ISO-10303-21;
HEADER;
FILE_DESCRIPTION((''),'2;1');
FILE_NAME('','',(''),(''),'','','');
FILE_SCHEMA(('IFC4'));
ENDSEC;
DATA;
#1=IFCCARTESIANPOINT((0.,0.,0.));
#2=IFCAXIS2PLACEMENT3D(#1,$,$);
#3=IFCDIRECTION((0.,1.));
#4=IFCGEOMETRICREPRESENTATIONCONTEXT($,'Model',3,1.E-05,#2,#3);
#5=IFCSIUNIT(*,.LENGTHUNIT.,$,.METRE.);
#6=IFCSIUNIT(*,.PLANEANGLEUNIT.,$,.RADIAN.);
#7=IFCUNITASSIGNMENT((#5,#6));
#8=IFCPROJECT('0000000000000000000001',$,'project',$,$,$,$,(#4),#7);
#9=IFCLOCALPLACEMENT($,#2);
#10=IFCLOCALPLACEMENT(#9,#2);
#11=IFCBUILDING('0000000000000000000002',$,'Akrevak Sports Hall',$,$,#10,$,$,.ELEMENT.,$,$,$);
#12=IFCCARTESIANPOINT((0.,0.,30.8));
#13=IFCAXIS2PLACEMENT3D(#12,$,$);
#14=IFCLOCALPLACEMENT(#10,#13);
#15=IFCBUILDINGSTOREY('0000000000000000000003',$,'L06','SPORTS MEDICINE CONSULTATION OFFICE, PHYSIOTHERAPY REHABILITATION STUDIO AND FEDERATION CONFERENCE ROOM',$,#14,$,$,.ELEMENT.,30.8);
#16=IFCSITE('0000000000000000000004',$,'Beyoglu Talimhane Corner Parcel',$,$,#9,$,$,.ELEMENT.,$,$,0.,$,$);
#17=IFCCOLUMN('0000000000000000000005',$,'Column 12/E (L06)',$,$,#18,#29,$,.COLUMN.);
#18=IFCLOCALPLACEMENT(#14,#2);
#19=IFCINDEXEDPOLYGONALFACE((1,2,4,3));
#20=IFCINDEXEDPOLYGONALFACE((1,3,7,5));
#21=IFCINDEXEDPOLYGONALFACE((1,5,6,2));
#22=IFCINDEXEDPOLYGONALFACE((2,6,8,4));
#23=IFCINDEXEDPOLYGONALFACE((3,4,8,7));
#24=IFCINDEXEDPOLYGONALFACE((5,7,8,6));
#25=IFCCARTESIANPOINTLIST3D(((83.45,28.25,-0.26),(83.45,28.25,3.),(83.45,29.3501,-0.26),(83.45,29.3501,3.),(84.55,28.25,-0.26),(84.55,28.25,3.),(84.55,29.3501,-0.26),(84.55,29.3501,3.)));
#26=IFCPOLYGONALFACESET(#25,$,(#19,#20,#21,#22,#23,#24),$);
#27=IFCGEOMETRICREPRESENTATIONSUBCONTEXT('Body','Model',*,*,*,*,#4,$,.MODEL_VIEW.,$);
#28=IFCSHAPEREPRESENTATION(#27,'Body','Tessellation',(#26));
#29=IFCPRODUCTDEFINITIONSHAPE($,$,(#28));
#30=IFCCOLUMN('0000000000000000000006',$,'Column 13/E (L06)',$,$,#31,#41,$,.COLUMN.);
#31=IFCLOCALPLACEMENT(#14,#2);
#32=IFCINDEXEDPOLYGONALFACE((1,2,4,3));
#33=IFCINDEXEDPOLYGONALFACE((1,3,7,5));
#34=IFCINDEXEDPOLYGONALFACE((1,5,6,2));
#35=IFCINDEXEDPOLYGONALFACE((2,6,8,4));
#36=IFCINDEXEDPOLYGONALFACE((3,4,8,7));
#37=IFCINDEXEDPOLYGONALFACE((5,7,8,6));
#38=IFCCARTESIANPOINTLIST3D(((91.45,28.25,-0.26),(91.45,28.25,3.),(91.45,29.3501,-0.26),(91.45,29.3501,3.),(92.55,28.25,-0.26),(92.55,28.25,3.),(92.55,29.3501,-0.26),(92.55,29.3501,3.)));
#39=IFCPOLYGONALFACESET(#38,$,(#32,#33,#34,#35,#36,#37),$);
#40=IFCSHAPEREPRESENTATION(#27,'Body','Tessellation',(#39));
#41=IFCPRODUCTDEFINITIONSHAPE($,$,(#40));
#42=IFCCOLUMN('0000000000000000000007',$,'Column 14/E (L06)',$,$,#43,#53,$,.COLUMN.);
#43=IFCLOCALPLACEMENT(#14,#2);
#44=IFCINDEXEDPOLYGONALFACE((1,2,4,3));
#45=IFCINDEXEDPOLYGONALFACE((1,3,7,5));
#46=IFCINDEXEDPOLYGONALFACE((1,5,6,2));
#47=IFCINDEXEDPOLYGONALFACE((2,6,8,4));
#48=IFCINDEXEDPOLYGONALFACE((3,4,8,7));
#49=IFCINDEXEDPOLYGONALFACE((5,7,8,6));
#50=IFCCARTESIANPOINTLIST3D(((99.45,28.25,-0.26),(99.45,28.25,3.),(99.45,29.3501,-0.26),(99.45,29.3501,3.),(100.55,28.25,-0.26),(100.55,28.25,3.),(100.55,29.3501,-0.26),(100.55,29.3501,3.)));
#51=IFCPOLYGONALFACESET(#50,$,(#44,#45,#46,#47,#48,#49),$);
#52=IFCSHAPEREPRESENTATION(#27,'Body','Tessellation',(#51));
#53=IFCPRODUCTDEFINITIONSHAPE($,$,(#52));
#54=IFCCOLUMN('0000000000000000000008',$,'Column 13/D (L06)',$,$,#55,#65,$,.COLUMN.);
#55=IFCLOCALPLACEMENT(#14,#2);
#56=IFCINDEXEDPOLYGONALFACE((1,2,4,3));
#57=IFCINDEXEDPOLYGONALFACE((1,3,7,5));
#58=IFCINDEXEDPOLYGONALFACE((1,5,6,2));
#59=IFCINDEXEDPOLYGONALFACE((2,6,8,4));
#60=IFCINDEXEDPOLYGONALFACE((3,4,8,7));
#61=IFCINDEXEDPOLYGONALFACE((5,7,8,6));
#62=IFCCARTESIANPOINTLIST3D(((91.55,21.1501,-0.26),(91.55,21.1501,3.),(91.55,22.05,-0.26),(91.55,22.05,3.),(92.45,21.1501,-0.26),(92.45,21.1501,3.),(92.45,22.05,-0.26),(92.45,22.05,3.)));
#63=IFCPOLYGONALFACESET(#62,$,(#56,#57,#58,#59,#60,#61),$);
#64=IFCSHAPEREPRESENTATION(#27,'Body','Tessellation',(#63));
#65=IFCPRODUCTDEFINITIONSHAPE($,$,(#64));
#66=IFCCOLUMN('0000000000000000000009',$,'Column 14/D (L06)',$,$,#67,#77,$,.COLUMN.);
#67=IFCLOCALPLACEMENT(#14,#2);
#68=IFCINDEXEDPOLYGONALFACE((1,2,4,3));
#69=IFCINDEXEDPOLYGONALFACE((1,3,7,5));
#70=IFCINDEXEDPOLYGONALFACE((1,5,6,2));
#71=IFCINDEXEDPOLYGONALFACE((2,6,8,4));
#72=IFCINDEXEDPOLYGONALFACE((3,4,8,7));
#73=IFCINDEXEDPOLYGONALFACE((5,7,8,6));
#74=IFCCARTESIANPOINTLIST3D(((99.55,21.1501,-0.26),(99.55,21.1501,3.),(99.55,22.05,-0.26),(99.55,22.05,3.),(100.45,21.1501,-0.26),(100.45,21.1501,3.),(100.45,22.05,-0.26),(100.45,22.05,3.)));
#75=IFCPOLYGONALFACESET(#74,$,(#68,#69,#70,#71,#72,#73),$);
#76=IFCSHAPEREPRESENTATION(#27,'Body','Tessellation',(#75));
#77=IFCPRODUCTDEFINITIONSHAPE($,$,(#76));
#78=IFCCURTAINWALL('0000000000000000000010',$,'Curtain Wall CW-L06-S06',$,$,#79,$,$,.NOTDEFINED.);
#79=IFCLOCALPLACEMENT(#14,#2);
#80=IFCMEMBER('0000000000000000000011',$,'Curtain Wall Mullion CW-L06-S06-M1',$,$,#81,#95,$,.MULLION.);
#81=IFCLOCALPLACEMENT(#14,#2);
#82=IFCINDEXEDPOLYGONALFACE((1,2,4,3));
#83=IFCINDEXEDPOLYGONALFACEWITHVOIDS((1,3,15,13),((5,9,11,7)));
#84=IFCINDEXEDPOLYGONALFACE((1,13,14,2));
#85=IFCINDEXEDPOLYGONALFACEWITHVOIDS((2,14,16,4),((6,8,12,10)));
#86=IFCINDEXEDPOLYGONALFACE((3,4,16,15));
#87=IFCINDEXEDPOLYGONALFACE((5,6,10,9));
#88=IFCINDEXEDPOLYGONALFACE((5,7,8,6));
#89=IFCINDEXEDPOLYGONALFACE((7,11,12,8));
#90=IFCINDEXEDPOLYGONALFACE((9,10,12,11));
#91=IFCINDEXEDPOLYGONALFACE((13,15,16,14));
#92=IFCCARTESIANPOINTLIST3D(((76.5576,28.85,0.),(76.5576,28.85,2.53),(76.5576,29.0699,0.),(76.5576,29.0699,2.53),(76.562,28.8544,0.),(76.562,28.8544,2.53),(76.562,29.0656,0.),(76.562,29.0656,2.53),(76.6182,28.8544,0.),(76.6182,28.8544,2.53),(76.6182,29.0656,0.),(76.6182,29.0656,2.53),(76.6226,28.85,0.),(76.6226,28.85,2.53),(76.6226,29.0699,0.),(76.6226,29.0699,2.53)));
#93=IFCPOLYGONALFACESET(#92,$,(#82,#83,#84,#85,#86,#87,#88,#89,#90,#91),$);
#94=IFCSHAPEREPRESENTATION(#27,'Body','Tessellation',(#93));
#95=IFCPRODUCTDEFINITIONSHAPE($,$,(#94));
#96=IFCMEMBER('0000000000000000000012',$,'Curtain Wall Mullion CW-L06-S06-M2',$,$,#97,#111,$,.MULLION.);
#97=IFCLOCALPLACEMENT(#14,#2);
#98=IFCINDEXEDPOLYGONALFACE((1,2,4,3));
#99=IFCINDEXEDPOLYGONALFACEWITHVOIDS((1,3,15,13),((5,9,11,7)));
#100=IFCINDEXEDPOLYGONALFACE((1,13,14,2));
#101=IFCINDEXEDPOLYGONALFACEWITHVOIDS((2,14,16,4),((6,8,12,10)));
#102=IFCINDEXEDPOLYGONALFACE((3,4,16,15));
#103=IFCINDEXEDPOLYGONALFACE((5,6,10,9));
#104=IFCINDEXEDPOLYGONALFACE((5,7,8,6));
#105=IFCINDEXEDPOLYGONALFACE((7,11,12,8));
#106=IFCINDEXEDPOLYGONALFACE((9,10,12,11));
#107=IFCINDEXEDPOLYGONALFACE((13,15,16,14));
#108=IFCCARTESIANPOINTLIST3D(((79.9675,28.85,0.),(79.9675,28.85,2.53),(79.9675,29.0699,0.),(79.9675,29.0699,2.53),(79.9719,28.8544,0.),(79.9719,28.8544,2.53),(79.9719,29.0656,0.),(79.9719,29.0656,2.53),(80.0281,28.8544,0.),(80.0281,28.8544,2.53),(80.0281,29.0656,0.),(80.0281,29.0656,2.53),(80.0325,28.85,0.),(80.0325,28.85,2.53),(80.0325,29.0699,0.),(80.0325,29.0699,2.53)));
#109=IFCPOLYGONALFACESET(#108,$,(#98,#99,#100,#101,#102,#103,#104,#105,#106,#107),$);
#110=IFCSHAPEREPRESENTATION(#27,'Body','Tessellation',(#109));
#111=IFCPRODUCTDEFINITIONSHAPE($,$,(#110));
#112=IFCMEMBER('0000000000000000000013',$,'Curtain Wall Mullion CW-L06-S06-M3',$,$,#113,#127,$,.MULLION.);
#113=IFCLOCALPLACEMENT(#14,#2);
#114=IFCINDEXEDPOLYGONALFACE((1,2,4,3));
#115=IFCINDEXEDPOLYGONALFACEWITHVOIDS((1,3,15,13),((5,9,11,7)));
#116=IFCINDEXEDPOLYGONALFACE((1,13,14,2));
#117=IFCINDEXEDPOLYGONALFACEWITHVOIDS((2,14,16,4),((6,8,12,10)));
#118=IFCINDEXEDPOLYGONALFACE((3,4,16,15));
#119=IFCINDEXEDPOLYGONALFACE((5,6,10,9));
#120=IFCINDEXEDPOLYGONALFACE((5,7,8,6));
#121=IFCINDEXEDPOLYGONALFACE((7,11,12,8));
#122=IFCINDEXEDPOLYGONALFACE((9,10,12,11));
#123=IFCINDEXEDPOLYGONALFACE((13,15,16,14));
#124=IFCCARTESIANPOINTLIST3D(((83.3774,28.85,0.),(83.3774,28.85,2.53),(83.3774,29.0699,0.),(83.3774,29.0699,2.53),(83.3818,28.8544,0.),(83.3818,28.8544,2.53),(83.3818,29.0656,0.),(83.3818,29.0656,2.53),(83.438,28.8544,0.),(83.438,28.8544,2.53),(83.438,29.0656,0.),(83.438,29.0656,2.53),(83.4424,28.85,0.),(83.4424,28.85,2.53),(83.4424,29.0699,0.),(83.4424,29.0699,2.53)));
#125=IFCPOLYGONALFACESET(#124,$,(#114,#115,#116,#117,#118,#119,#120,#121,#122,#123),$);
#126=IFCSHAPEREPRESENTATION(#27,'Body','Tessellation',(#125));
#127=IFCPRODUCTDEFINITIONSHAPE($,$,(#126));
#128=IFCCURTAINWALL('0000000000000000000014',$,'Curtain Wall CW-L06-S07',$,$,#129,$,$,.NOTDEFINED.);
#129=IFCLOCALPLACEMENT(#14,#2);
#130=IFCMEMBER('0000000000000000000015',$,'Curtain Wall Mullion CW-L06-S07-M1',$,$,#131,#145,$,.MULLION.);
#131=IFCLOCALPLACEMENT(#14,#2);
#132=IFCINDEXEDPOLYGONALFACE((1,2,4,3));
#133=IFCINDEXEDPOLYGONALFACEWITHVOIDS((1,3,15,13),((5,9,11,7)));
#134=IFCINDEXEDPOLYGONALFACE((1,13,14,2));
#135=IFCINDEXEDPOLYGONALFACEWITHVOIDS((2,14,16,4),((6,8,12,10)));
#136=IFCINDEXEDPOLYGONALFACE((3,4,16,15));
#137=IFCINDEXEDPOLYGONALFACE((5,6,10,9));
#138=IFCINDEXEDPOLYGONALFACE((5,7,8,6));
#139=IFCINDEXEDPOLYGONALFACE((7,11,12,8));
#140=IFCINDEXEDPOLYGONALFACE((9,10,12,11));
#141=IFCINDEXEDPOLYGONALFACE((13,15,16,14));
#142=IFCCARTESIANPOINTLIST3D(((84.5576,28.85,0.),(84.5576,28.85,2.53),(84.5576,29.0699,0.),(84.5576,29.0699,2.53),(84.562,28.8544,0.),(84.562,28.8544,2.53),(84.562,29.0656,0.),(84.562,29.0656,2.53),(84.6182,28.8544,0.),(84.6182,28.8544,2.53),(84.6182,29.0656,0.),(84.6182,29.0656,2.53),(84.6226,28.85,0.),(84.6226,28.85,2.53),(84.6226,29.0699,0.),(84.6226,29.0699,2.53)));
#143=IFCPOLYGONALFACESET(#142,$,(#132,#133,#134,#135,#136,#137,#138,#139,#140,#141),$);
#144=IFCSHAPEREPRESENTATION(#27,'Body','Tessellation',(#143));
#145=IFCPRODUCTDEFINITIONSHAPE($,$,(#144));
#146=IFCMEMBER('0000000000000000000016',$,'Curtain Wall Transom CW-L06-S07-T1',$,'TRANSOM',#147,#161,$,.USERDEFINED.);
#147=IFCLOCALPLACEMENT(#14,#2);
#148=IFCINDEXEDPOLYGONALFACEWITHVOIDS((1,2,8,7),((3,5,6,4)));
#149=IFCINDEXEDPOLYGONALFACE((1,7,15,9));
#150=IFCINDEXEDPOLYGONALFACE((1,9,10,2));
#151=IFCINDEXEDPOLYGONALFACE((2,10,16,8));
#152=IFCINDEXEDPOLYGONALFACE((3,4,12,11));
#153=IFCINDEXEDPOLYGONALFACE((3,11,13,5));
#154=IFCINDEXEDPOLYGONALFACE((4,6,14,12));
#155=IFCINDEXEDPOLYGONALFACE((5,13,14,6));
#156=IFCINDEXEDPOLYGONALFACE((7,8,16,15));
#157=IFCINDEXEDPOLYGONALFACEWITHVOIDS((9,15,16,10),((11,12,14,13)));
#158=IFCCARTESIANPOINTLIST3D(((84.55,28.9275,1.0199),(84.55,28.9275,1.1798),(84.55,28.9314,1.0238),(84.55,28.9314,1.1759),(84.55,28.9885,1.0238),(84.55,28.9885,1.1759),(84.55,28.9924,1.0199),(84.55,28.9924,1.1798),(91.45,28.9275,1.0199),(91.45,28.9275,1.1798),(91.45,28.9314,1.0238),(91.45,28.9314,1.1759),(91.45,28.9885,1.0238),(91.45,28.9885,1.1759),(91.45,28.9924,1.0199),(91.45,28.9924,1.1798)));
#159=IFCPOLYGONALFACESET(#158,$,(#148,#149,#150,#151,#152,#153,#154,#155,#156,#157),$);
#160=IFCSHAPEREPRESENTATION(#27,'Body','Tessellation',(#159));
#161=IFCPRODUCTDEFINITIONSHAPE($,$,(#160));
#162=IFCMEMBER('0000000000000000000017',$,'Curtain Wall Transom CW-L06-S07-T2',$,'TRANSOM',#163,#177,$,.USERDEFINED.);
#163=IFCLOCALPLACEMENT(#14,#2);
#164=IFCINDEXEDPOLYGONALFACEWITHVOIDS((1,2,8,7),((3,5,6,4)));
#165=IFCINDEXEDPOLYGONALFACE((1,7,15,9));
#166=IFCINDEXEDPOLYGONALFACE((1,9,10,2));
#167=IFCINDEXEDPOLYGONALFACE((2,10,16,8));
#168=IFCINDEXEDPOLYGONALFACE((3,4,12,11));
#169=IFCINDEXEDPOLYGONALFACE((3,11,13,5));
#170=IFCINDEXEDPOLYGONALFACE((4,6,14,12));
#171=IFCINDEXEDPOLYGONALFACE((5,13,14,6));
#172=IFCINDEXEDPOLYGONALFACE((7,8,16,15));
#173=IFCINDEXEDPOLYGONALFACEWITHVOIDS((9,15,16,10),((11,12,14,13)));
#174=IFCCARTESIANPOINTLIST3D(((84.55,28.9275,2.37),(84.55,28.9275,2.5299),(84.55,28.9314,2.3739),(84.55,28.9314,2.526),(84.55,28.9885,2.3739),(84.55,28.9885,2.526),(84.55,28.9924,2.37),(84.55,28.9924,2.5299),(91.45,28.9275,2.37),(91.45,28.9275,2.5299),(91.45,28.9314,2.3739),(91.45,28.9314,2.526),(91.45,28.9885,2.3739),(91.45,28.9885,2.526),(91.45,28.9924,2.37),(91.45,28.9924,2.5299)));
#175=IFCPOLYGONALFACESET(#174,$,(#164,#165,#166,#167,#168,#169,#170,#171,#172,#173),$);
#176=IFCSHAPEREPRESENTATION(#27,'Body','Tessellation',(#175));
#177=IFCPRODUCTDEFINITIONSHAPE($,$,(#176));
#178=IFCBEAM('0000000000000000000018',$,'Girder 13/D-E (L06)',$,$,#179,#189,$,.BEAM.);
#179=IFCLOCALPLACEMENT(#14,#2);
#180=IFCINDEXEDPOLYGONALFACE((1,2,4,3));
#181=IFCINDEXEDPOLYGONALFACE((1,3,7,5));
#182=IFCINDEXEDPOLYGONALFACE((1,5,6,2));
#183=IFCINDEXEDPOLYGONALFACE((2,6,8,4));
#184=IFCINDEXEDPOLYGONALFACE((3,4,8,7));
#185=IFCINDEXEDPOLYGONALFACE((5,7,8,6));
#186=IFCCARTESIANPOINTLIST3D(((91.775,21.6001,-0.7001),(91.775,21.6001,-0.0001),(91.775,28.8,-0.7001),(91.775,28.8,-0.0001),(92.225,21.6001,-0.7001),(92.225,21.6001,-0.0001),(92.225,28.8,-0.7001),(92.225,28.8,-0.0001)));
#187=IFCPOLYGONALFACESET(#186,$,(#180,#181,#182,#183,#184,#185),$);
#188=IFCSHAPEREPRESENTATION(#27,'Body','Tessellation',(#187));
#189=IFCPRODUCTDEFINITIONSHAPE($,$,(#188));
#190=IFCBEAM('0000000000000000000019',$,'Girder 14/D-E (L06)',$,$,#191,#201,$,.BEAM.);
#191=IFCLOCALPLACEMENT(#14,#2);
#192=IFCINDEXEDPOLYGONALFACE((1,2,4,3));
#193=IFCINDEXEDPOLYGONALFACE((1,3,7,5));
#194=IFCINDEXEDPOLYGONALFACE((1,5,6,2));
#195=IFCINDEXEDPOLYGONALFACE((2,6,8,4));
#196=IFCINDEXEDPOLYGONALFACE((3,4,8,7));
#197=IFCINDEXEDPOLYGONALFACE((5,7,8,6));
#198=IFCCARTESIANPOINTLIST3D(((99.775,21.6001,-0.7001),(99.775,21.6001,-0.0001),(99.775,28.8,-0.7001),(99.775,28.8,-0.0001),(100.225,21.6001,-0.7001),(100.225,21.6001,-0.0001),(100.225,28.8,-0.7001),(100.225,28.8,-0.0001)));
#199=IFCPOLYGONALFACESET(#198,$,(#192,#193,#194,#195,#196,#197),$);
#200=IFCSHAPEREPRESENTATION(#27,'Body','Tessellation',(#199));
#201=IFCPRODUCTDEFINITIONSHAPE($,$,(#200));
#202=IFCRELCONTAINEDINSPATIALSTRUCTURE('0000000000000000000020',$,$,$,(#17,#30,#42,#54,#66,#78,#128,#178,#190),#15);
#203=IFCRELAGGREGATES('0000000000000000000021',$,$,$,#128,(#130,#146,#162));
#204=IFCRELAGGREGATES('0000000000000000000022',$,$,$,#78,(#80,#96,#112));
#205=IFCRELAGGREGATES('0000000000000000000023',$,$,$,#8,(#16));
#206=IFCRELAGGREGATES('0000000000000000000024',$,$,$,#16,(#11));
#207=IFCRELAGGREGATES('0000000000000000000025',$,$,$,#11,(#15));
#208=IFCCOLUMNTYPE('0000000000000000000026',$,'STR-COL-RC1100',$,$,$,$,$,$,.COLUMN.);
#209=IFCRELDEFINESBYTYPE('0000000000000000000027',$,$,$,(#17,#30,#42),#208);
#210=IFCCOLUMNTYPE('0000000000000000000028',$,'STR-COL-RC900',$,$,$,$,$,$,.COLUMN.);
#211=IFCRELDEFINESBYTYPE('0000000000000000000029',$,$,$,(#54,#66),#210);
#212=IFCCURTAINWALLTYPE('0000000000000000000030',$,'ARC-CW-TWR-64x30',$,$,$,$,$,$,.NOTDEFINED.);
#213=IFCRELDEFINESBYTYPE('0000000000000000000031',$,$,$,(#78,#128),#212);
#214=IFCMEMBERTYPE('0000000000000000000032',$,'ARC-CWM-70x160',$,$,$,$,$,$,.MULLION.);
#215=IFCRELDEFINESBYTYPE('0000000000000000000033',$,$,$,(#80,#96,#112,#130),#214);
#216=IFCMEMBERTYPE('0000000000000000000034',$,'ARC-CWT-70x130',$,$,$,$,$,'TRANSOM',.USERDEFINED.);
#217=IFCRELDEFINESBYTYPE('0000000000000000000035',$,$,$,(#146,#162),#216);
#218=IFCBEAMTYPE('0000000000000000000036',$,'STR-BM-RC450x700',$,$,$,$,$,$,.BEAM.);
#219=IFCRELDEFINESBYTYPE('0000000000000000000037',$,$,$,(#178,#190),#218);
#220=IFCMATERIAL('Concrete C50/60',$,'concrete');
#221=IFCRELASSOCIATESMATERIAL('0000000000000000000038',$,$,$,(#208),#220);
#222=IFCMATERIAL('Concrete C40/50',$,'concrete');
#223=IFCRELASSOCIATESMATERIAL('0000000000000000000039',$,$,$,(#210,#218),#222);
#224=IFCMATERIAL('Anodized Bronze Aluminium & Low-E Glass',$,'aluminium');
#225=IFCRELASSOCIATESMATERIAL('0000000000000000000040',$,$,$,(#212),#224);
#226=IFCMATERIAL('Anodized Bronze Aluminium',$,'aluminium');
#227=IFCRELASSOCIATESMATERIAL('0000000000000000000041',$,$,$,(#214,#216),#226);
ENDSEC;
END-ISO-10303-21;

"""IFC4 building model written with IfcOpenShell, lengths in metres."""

from ifc_helpers import new_model, si_unit, direction, frame, origin, origin_2d, place, context, subcontext, project, spatial, rectangle, hollow_rectangle, extrude, material, material_profile, profile_set, type_object, element, aggregate, save


model = new_model("IFC4")

# Units and contexts
model_context = context("Model", 3, precision=1e-05, world=origin(), true_north=direction((0.0, 1.0)))
body_context = subcontext(model_context, "Body", "Model", "MODEL_VIEW")
ifc_project = project(units=[si_unit("LENGTHUNIT", "METRE"), si_unit("PLANEANGLEUNIT", "RADIAN")], contexts=[model_context])

# Site, building, storey
site_placement = place(None, origin())
site = spatial("IfcSite", under=ifc_project, at=site_placement, Name="Beyoglu Talimhane Corner Parcel", CompositionType="ELEMENT", RefElevation=0.0)
building_placement = place(site_placement, origin())
building = spatial("IfcBuilding", under=site, at=building_placement, Name="Akrevak Sports Hall", CompositionType="ELEMENT")
storey_placement = place(building_placement, frame((0.0, 0.0, 30.8)))
storey = spatial("IfcBuildingStorey", under=building, at=storey_placement, Name="L06", Description="SPORTS MEDICINE CONSULTATION OFFICE, PHYSIOTHERAPY REHABILITATION STUDIO AND FEDERATION CONFERENCE ROOM", CompositionType="ELEMENT", Elevation=30.8)

# Columns
ifc_material_1 = material(Name="Concrete C50/60", Category="concrete")
ifc_material_profile_1 = material_profile(ifc_material_1, rectangle(XDim=1.1001, YDim=1.1001, at=origin_2d()), Name="RC 1100x1100", Category="concrete")
ifc_profile_set_1 = profile_set([ifc_material_profile_1], Name="Concrete C50/60")
column_type_1 = type_object("IfcColumnType", Name="STR-COL-RC1100", PredefinedType="COLUMN", material=ifc_profile_set_1)
for number, where, z_axis, x_axis, name in (
    (1, (84.0, 28.8, -0.26), (0.0, 0.0, 1.0), (1.0, 0.0, 0.0), "Column 12/E (L06)"),
    (2, (92.0, 28.8, -0.26), (0.0, 0.0, 1.0), (1.0, 0.0, 0.0), "Column 13/E (L06)"),
    (3, (100.0, 28.8, -0.26), (0.0, 0.0, 1.0), (1.0, 0.0, 0.0), "Column 14/E (L06)"),
):
    element("IfcColumn", number, at=place(storey_placement, frame(where, z_axis=z_axis, x_axis=x_axis)), inside=storey, type_object=column_type_1, Name=name, PredefinedType="COLUMN", context=body_context, shape_type="SweptSolid", body=[
        extrude(rectangle(XDim=1.1001, YDim=1.1001, at=origin_2d()), origin(), (0.0, 0.0, 1.0), 3.26),
    ])
ifc_material_2 = material(Name="Concrete C40/50", Category="concrete")
ifc_material_profile_2 = material_profile(ifc_material_2, rectangle(XDim=0.8999, YDim=0.8999, at=origin_2d()), Name="RC 900x900", Category="concrete")
ifc_profile_set_2 = profile_set([ifc_material_profile_2], Name="Concrete C40/50")
column_type_2 = type_object("IfcColumnType", Name="STR-COL-RC900", PredefinedType="COLUMN", material=ifc_profile_set_2)
for number, where, z_axis, x_axis, name in (
    (4, (92.0, 21.6001, -0.26), (0.0, 0.0, 1.0), (1.0, 0.0, 0.0), "Column 13/D (L06)"),
    (5, (100.0, 21.6001, -0.26), (0.0, 0.0, 1.0), (1.0, 0.0, 0.0), "Column 14/D (L06)"),
):
    element("IfcColumn", number, at=place(storey_placement, frame(where, z_axis=z_axis, x_axis=x_axis)), inside=storey, type_object=column_type_2, Name=name, PredefinedType="COLUMN", context=body_context, shape_type="SweptSolid", body=[
        extrude(rectangle(XDim=0.8999, YDim=0.8999, at=origin_2d()), origin(), (0.0, 0.0, 1.0), 3.26),
    ])

# Curtain walls, members
ifc_material_3 = material(Name="Anodized Bronze Aluminium & Low-E Glass", Category="aluminium")
curtain_wall_type = type_object("IfcCurtainWallType", Name="ARC-CW-TWR-64x30", PredefinedType="NOTDEFINED", material=ifc_material_3)
curtain_wall_1_placement = place(storey_placement, origin())
curtain_wall_1 = element("IfcCurtainWall", 6, at=curtain_wall_1_placement, inside=storey, type_object=curtain_wall_type, Name="Curtain Wall CW-L06-S06", PredefinedType="NOTDEFINED")
ifc_material_4 = material(Name="Anodized Bronze Aluminium", Category="aluminium")
ifc_material_profile_3 = material_profile(ifc_material_4, hollow_rectangle(XDim=0.0649, YDim=0.22, WallThickness=0.0044, at=origin_2d()), Name="CWM 65x220", Category="aluminium")
ifc_profile_set_3 = profile_set([ifc_material_profile_3], Name="Anodized Bronze Aluminium")
member_type_1 = type_object("IfcMemberType", Name="ARC-CWM-70x160", PredefinedType="MULLION", material=ifc_profile_set_3)
member_1_placement = place(storey_placement, frame((76.5901, 28.96, 0.0), z_axis=(0.0, 0.0, 1.0), x_axis=(1.0, 0.0, 0.0)))
member_1 = element("IfcMember", 7, at=member_1_placement, type_object=member_type_1, Name="Curtain Wall Mullion CW-L06-S06-M1", PredefinedType="MULLION", context=body_context, shape_type="SweptSolid", body=[
    extrude(hollow_rectangle(XDim=0.0649, YDim=0.22, WallThickness=0.0044, at=origin_2d()), origin(), (0.0, 0.0, 1.0), 2.53),
])
member_2_placement = place(storey_placement, frame((80.0, 28.96, 0.0), z_axis=(0.0, 0.0, 1.0), x_axis=(1.0, 0.0, 0.0)))
member_2 = element("IfcMember", 8, at=member_2_placement, type_object=member_type_1, Name="Curtain Wall Mullion CW-L06-S06-M2", PredefinedType="MULLION", context=body_context, shape_type="SweptSolid", body=[
    extrude(hollow_rectangle(XDim=0.0649, YDim=0.22, WallThickness=0.0044, at=origin_2d()), origin(), (0.0, 0.0, 1.0), 2.53),
])
member_3_placement = place(storey_placement, frame((83.4099, 28.96, 0.0), z_axis=(0.0, 0.0, 1.0), x_axis=(1.0, 0.0, 0.0)))
member_3 = element("IfcMember", 9, at=member_3_placement, type_object=member_type_1, Name="Curtain Wall Mullion CW-L06-S06-M3", PredefinedType="MULLION", context=body_context, shape_type="SweptSolid", body=[
    extrude(hollow_rectangle(XDim=0.0649, YDim=0.22, WallThickness=0.0044, at=origin_2d()), origin(), (0.0, 0.0, 1.0), 2.53),
])
curtain_wall_2_placement = place(storey_placement, origin())
curtain_wall_2 = element("IfcCurtainWall", 10, at=curtain_wall_2_placement, inside=storey, type_object=curtain_wall_type, Name="Curtain Wall CW-L06-S07", PredefinedType="NOTDEFINED")
member_4_placement = place(storey_placement, frame((84.5901, 28.96, 0.0), z_axis=(0.0, 0.0, 1.0), x_axis=(1.0, 0.0, 0.0)))
member_4 = element("IfcMember", 11, at=member_4_placement, type_object=member_type_1, Name="Curtain Wall Mullion CW-L06-S07-M1", PredefinedType="MULLION", context=body_context, shape_type="SweptSolid", body=[
    extrude(hollow_rectangle(XDim=0.0649, YDim=0.22, WallThickness=0.0044, at=origin_2d()), origin(), (0.0, 0.0, 1.0), 2.53),
])
ifc_material_profile_4 = material_profile(ifc_material_4, hollow_rectangle(XDim=0.0649, YDim=0.1599, WallThickness=0.0039, at=origin_2d()), Name="CWT 65x160", Category="aluminium")
ifc_profile_set_4 = profile_set([ifc_material_profile_4], Name="Anodized Bronze Aluminium")
member_type_2 = type_object("IfcMemberType", Name="ARC-CWT-70x130", ElementType="TRANSOM", PredefinedType="USERDEFINED", material=ifc_profile_set_4)
member_5_placement = place(storey_placement, frame((84.55, 28.96, 1.0999), z_axis=(1.0, 0.0, 0.0), x_axis=(0.0, 1.0, 0.0)))
member_5 = element("IfcMember", 12, at=member_5_placement, type_object=member_type_2, Name="Curtain Wall Transom CW-L06-S07-T1", ObjectType="TRANSOM", PredefinedType="USERDEFINED", context=body_context, shape_type="SweptSolid", body=[
    extrude(hollow_rectangle(XDim=0.0649, YDim=0.1599, WallThickness=0.0039, at=origin_2d()), origin(), (0.0, 0.0, 1.0), 6.8999),
])
member_6_placement = place(storey_placement, frame((84.55, 28.96, 2.45), z_axis=(1.0, 0.0, 0.0), x_axis=(0.0, 1.0, 0.0)))
member_6 = element("IfcMember", 13, at=member_6_placement, type_object=member_type_2, Name="Curtain Wall Transom CW-L06-S07-T2", ObjectType="TRANSOM", PredefinedType="USERDEFINED", context=body_context, shape_type="SweptSolid", body=[
    extrude(hollow_rectangle(XDim=0.0649, YDim=0.1599, WallThickness=0.0039, at=origin_2d()), origin(), (0.0, 0.0, 1.0), 6.8999),
])
aggregate(curtain_wall_2, [member_4, member_5, member_6])

# Beams
ifc_material_profile_5 = material_profile(ifc_material_2, rectangle(XDim=0.45, YDim=0.7, at=origin_2d()), Name="BM 450x700", Category="concrete")
ifc_profile_set_5 = profile_set([ifc_material_profile_5], Name="Concrete C40/50")
beam_type_1 = type_object("IfcBeamType", Name="STR-BM-RC450x700", PredefinedType="BEAM", material=ifc_profile_set_5)
for number, where, z_axis, x_axis, name in (
    (14, (92.0, 21.6001, -0.3501), (0.0, 1.0, 0.0), (-1.0, 0.0, 0.0), "Girder 13/D-E (L06)"),
    (15, (100.0, 21.6001, -0.3501), (0.0, 1.0, 0.0), (-1.0, 0.0, 0.0), "Girder 14/D-E (L06)"),
):
    element("IfcBeam", number, at=place(storey_placement, frame(where, z_axis=z_axis, x_axis=x_axis)), inside=storey, type_object=beam_type_1, Name=name, PredefinedType="BEAM", context=body_context, shape_type="SweptSolid", body=[
        extrude(rectangle(XDim=0.45, YDim=0.7, at=origin_2d()), origin(), (0.0, 0.0, 1.0), 7.2),
    ])

aggregate(curtain_wall_1, [member_1, member_2, member_3])

save(model, "model.ifc")
